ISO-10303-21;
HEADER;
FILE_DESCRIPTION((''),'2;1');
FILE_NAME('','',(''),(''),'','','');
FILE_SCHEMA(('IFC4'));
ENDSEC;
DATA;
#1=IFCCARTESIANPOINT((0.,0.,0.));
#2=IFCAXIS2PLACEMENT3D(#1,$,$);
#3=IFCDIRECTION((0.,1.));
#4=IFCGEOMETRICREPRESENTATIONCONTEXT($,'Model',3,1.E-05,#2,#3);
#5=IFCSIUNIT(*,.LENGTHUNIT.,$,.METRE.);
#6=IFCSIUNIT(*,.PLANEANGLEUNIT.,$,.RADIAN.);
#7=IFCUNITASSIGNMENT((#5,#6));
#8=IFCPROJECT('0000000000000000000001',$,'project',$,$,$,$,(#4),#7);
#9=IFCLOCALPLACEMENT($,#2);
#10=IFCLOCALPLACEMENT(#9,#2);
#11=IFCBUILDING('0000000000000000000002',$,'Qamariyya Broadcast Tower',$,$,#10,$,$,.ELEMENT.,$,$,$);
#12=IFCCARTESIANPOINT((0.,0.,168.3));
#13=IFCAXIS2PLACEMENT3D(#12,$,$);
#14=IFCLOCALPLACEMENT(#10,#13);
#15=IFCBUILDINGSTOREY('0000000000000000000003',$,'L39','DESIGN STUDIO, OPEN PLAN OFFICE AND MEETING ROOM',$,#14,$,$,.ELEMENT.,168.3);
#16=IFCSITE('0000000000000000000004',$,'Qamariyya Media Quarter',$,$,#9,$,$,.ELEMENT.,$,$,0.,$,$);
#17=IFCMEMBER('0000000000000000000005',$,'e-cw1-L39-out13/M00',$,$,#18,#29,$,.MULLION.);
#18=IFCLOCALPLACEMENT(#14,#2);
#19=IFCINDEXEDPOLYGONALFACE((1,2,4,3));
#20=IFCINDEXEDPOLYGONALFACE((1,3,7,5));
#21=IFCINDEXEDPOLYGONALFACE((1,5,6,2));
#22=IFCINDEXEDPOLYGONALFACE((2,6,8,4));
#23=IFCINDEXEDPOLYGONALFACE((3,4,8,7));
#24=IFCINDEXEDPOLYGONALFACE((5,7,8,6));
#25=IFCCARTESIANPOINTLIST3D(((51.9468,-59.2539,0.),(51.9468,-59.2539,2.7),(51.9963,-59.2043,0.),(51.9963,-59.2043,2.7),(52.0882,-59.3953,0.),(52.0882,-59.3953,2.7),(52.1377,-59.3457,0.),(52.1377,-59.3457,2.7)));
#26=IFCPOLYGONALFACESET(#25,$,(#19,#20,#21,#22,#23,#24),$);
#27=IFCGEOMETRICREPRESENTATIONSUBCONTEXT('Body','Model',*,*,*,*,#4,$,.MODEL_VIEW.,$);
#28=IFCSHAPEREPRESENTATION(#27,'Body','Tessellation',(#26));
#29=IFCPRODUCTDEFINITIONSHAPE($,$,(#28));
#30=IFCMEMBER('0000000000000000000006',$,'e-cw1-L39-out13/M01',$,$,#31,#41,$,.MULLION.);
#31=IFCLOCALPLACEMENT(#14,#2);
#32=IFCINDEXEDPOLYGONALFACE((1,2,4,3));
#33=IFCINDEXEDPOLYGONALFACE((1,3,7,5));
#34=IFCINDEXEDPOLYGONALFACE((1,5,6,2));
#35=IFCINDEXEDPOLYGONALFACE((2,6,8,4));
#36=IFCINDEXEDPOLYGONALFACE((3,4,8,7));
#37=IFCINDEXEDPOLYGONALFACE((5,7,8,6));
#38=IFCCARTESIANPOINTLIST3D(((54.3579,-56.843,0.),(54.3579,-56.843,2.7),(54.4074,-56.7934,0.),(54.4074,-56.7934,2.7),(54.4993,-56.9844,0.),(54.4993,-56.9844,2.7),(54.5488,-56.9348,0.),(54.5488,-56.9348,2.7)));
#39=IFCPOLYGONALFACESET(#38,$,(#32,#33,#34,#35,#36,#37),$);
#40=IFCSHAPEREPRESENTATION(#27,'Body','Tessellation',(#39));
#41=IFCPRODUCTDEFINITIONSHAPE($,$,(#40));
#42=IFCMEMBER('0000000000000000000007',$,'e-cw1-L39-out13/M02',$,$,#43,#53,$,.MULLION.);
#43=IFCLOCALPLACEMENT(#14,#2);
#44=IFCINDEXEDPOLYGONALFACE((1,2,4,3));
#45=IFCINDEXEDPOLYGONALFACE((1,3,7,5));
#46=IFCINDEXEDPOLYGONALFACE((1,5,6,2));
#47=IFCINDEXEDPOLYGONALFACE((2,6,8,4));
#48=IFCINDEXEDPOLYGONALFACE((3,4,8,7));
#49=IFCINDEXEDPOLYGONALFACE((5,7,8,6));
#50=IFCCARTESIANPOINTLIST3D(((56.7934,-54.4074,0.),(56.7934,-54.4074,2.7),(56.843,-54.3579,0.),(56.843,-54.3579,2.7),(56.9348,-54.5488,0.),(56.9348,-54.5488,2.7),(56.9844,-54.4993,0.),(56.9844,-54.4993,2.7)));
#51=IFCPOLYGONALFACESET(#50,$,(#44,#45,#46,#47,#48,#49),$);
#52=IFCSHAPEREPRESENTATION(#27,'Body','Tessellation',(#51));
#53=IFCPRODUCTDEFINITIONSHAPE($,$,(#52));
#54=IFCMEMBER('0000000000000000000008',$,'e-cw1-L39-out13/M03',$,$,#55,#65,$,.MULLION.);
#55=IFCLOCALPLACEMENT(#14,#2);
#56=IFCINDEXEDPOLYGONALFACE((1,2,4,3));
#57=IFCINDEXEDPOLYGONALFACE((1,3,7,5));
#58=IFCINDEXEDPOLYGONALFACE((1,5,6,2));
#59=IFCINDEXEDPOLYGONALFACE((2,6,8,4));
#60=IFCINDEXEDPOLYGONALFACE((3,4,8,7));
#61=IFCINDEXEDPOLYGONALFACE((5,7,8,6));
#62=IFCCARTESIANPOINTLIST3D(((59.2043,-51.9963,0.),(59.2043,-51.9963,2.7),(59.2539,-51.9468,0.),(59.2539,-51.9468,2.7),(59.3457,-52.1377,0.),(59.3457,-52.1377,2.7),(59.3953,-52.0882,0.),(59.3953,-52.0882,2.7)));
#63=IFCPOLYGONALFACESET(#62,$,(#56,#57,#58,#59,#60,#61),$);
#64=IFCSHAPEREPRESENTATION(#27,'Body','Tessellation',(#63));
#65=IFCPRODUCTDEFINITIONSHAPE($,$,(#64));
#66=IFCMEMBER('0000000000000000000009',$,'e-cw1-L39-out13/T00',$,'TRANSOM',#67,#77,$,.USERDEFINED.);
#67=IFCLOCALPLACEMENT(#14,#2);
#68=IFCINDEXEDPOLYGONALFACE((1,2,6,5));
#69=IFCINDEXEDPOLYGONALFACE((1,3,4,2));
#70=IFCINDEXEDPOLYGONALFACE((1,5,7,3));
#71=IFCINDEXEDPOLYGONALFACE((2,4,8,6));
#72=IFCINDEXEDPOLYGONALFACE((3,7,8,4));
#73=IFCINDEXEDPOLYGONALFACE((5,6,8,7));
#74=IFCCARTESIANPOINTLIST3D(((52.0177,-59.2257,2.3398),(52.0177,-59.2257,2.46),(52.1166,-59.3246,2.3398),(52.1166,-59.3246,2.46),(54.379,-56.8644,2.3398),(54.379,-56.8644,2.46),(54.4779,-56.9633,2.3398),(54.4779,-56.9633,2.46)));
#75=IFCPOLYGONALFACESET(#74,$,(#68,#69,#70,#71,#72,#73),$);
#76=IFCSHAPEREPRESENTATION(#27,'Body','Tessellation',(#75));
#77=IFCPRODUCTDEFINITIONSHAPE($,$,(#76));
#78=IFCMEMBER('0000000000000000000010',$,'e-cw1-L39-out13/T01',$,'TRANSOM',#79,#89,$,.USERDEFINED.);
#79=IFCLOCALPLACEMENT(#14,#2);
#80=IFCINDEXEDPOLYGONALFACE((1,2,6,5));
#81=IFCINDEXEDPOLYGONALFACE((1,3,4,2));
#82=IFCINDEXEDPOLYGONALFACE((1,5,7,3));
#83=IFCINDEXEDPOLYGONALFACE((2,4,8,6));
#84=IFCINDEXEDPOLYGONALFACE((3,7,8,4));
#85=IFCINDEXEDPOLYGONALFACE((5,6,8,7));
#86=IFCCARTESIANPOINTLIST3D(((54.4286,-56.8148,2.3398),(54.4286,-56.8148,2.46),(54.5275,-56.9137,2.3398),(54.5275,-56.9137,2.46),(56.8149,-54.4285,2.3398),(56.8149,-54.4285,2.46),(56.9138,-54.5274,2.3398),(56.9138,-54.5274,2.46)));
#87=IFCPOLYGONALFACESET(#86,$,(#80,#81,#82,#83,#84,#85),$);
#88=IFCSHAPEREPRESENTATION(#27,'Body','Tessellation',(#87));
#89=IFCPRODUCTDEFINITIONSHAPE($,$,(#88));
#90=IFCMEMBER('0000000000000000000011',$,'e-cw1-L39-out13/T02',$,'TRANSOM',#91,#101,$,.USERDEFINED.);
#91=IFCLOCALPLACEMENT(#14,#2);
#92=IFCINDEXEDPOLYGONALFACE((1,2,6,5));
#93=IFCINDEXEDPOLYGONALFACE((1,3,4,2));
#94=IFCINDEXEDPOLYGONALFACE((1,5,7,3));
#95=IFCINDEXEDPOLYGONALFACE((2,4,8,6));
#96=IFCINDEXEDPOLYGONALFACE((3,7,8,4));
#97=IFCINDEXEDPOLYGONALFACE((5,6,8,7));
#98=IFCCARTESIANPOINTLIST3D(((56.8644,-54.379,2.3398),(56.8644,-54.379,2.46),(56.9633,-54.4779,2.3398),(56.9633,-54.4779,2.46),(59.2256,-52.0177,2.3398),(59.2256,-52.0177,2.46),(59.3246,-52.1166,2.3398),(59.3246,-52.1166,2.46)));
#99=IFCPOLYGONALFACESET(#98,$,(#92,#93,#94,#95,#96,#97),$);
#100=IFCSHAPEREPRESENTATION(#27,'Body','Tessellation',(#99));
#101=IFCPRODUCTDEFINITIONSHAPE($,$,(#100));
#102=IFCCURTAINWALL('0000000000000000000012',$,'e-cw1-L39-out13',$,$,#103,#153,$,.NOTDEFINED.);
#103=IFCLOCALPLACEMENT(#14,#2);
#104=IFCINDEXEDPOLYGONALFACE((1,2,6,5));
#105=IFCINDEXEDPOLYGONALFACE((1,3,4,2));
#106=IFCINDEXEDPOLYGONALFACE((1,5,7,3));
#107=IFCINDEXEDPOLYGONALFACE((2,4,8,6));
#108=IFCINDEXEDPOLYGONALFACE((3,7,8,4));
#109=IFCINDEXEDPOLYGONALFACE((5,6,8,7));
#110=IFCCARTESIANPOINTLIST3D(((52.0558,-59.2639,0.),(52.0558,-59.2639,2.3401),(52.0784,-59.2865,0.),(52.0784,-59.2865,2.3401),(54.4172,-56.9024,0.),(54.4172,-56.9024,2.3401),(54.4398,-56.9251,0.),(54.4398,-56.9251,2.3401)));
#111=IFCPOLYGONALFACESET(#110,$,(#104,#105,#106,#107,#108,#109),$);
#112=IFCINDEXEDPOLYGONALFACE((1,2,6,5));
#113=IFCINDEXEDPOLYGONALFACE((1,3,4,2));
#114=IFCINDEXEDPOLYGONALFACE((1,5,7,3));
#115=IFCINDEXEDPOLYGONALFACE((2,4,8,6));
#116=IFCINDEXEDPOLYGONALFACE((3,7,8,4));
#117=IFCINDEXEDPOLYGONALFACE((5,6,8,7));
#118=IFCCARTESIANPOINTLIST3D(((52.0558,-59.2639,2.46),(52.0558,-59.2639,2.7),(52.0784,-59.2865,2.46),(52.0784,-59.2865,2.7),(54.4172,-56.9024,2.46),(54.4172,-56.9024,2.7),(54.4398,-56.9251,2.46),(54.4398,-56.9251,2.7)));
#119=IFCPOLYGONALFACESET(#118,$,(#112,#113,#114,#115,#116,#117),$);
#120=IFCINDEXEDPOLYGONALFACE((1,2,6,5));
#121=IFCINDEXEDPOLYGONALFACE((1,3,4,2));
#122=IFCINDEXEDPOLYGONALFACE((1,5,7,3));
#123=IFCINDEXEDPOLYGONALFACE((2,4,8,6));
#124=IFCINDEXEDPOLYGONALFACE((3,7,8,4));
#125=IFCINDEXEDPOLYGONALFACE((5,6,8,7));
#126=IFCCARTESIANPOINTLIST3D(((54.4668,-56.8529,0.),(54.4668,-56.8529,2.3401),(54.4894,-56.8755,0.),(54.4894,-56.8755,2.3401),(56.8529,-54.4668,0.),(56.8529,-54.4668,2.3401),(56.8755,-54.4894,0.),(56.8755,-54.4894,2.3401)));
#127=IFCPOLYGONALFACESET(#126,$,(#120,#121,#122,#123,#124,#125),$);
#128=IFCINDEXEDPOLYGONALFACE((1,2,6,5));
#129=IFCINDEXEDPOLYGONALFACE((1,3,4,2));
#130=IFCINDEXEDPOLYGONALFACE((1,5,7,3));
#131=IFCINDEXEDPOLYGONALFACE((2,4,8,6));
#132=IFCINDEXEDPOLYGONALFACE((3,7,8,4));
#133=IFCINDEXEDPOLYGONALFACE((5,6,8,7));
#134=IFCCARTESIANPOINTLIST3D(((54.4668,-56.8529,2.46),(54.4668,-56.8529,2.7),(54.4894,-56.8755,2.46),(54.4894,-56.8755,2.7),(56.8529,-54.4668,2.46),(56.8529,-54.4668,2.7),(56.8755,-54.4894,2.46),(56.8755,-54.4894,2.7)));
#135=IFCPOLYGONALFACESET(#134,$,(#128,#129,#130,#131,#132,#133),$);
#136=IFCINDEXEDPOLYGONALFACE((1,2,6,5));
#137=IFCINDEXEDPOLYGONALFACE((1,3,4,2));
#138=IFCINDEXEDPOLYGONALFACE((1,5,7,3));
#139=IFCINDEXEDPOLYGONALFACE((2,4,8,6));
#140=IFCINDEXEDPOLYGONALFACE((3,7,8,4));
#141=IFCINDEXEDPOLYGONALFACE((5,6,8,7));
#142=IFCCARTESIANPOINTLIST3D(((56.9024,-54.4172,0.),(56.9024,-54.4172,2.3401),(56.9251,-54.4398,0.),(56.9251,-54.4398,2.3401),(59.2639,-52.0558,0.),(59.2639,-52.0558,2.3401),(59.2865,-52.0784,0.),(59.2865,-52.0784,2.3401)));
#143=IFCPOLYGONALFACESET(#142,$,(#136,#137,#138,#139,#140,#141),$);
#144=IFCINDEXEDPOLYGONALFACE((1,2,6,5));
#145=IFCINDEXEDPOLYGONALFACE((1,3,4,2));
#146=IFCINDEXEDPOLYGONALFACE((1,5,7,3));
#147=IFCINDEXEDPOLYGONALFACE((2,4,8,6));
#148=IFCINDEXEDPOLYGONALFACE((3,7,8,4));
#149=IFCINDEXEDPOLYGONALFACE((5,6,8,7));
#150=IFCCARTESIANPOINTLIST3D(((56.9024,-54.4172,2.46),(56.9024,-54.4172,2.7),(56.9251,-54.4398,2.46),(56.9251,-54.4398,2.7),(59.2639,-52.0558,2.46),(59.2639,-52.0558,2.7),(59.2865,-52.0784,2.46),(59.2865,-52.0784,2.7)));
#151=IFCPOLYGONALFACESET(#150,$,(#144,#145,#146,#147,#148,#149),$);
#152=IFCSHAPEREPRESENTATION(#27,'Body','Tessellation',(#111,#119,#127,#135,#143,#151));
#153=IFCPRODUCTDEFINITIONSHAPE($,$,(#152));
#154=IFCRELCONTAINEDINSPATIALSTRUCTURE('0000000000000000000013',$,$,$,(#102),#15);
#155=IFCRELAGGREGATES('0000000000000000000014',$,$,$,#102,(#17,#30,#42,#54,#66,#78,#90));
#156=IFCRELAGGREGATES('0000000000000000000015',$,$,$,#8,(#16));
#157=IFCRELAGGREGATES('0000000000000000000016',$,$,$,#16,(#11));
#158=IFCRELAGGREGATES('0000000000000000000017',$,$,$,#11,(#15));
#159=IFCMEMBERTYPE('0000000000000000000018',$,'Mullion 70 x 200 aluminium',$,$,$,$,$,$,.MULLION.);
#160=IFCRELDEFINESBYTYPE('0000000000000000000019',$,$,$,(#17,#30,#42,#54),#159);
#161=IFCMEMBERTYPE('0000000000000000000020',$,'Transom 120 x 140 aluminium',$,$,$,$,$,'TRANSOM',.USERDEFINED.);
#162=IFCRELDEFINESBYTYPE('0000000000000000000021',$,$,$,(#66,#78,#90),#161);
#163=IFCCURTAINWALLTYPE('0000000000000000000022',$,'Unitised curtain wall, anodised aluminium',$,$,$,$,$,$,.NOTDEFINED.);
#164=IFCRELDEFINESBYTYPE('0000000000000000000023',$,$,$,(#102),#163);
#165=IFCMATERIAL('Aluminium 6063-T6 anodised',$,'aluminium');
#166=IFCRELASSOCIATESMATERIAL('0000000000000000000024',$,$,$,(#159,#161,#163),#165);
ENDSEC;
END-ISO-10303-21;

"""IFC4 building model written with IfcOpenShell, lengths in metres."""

from ifc_helpers import new_model, si_unit, direction, frame, origin, origin_2d, place, context, subcontext, project, spatial, rectangle, extrude, material, material_profile, profile_set, type_object, element, aggregate, save


model = new_model("IFC4")

# Units and contexts
model_context = context("Model", 3, precision=1e-05, world=origin(), true_north=direction((0.0, 1.0)))
body_context = subcontext(model_context, "Body", "Model", "MODEL_VIEW")
ifc_project = project(units=[si_unit("LENGTHUNIT", "METRE"), si_unit("PLANEANGLEUNIT", "RADIAN")], contexts=[model_context])

# Members
ifc_material = material(Name="Aluminium 6063-T6 anodised", Category="aluminium")
ifc_material_profile_1 = material_profile(ifc_material, rectangle(XDim=0.2, YDim=0.0701, at=origin_2d()))
ifc_profile_set_1 = profile_set([ifc_material_profile_1], Name="Aluminium 6063-T6 anodised")
member_type_1 = type_object("IfcMemberType", Name="Mullion 70 x 200 aluminium", PredefinedType="MULLION", material=ifc_profile_set_1)
site_placement = place(None, origin())
building_placement = place(site_placement, origin())
storey_placement = place(building_placement, frame((0.0, 0.0, 168.3)))
member_1_placement = place(storey_placement, frame((52.0422, -59.2998, 0.0), z_axis=(0.0, 0.0, 1.0), x_axis=(-0.707107, 0.707107, 0.0)))
member_1 = element("IfcMember", 1, at=member_1_placement, type_object=member_type_1, Name="e-cw1-L39-out13/M00", PredefinedType="MULLION", context=body_context, shape_type="SweptSolid", body=[
    extrude(rectangle(XDim=0.2, YDim=0.0701, at=origin_2d()), origin(), (0.0, 0.0, 1.0), 2.7),
])
member_2_placement = place(storey_placement, frame((54.4534, -56.8889, 0.0), z_axis=(0.0, 0.0, 1.0), x_axis=(-0.707107, 0.707107, 0.0)))
member_2 = element("IfcMember", 2, at=member_2_placement, type_object=member_type_1, Name="e-cw1-L39-out13/M01", PredefinedType="MULLION", context=body_context, shape_type="SweptSolid", body=[
    extrude(rectangle(XDim=0.2, YDim=0.0701, at=origin_2d()), origin(), (0.0, 0.0, 1.0), 2.7),
])
member_3_placement = place(storey_placement, frame((56.8889, -54.4534, 0.0), z_axis=(0.0, 0.0, 1.0), x_axis=(-0.707107, 0.707107, 0.0)))
member_3 = element("IfcMember", 3, at=member_3_placement, type_object=member_type_1, Name="e-cw1-L39-out13/M02", PredefinedType="MULLION", context=body_context, shape_type="SweptSolid", body=[
    extrude(rectangle(XDim=0.2, YDim=0.0701, at=origin_2d()), origin(), (0.0, 0.0, 1.0), 2.7),
])
member_4_placement = place(storey_placement, frame((59.2998, -52.0422, 0.0), z_axis=(0.0, 0.0, 1.0), x_axis=(-0.707107, 0.707107, 0.0)))
member_4 = element("IfcMember", 4, at=member_4_placement, type_object=member_type_1, Name="e-cw1-L39-out13/M03", PredefinedType="MULLION", context=body_context, shape_type="SweptSolid", body=[
    extrude(rectangle(XDim=0.2, YDim=0.0701, at=origin_2d()), origin(), (0.0, 0.0, 1.0), 2.7),
])
ifc_material_profile_2 = material_profile(ifc_material, rectangle(XDim=0.1399, YDim=0.1201, at=origin_2d()))
ifc_profile_set_2 = profile_set([ifc_material_profile_2], Name="Aluminium 6063-T6 anodised")
member_type_2 = type_object("IfcMemberType", Name="Transom 120 x 140 aluminium", ElementType="TRANSOM", PredefinedType="USERDEFINED", material=ifc_profile_set_2)
member_5_placement = place(storey_placement, frame((52.0671, -59.2751, 2.3999), z_axis=(0.707107, 0.707107, 0.0), x_axis=(-0.707107, 0.707107, 0.0)))
member_5 = element("IfcMember", 5, at=member_5_placement, type_object=member_type_2, Name="e-cw1-L39-out13/T00", ObjectType="TRANSOM", PredefinedType="USERDEFINED", context=body_context, shape_type="SweptSolid", body=[
    extrude(rectangle(XDim=0.1399, YDim=0.1201, at=origin_2d()), origin(), (0.0, 0.0, 1.0), 3.3394),
])
member_6_placement = place(storey_placement, frame((54.478, -56.8643, 2.3999), z_axis=(0.707107, 0.707107, 0.0), x_axis=(-0.707107, 0.707107, 0.0)))
member_6 = element("IfcMember", 6, at=member_6_placement, type_object=member_type_2, Name="e-cw1-L39-out13/T01", ObjectType="TRANSOM", PredefinedType="USERDEFINED", context=body_context, shape_type="SweptSolid", body=[
    extrude(rectangle(XDim=0.1399, YDim=0.1201, at=origin_2d()), origin(), (0.0, 0.0, 1.0), 3.3748),
])
member_7_placement = place(storey_placement, frame((56.9138, -54.4285, 2.3999), z_axis=(0.707107, 0.707107, 0.0), x_axis=(-0.707107, 0.707107, 0.0)))
member_7 = element("IfcMember", 7, at=member_7_placement, type_object=member_type_2, Name="e-cw1-L39-out13/T02", ObjectType="TRANSOM", PredefinedType="USERDEFINED", context=body_context, shape_type="SweptSolid", body=[
    extrude(rectangle(XDim=0.1399, YDim=0.1201, at=origin_2d()), origin(), (0.0, 0.0, 1.0), 3.3394),
])

# Site, building, storey
site = spatial("IfcSite", under=ifc_project, at=site_placement, Name="Qamariyya Media Quarter", CompositionType="ELEMENT", RefElevation=0.0)
building = spatial("IfcBuilding", under=site, at=building_placement, Name="Qamariyya Broadcast Tower", CompositionType="ELEMENT")
storey = spatial("IfcBuildingStorey", under=building, at=storey_placement, Name="L39", Description="DESIGN STUDIO, OPEN PLAN OFFICE AND MEETING ROOM", CompositionType="ELEMENT", Elevation=168.3)

# Curtain wall
curtain_wall_type = type_object("IfcCurtainWallType", Name="Unitised curtain wall, anodised aluminium", PredefinedType="NOTDEFINED", material=ifc_material)
curtain_wall_1_placement = place(storey_placement, origin())
curtain_wall_1 = element("IfcCurtainWall", 8, at=curtain_wall_1_placement, inside=storey, type_object=curtain_wall_type, Name="e-cw1-L39-out13", PredefinedType="NOTDEFINED", context=body_context, shape_type="SweptSolid", body=[
    extrude(rectangle(XDim=3.3396, YDim=0.032, at=origin_2d()), frame((53.2478, -58.0945, 0.0), x_axis=(0.707107, 0.707107, 0.0)), (0.0, 0.0, 1.0), 2.3401),
    extrude(rectangle(XDim=3.3396, YDim=0.032, at=origin_2d()), frame((53.2478, -58.0945, 2.46), x_axis=(0.707107, 0.707107, 0.0)), (0.0, 0.0, 1.0), 0.24),
    extrude(rectangle(XDim=3.3745, YDim=0.032, at=origin_2d()), frame((55.6711, -55.6711, 0.0), x_axis=(0.707107, 0.707107, 0.0)), (0.0, 0.0, 1.0), 2.3401),
    extrude(rectangle(XDim=3.3745, YDim=0.032, at=origin_2d()), frame((55.6711, -55.6711, 2.46), x_axis=(0.707107, 0.707107, 0.0)), (0.0, 0.0, 1.0), 0.24),
    extrude(rectangle(XDim=3.3396, YDim=0.032, at=origin_2d()), frame((58.0945, -53.2478, 0.0), x_axis=(0.707107, 0.707107, 0.0)), (0.0, 0.0, 1.0), 2.3401),
    extrude(rectangle(XDim=3.3396, YDim=0.032, at=origin_2d()), frame((58.0945, -53.2478, 2.46), x_axis=(0.707107, 0.707107, 0.0)), (0.0, 0.0, 1.0), 0.24),
])
aggregate(curtain_wall_1, [member_1, member_2, member_3, member_4, member_5, member_6, member_7])

save(model, "model.ifc")
